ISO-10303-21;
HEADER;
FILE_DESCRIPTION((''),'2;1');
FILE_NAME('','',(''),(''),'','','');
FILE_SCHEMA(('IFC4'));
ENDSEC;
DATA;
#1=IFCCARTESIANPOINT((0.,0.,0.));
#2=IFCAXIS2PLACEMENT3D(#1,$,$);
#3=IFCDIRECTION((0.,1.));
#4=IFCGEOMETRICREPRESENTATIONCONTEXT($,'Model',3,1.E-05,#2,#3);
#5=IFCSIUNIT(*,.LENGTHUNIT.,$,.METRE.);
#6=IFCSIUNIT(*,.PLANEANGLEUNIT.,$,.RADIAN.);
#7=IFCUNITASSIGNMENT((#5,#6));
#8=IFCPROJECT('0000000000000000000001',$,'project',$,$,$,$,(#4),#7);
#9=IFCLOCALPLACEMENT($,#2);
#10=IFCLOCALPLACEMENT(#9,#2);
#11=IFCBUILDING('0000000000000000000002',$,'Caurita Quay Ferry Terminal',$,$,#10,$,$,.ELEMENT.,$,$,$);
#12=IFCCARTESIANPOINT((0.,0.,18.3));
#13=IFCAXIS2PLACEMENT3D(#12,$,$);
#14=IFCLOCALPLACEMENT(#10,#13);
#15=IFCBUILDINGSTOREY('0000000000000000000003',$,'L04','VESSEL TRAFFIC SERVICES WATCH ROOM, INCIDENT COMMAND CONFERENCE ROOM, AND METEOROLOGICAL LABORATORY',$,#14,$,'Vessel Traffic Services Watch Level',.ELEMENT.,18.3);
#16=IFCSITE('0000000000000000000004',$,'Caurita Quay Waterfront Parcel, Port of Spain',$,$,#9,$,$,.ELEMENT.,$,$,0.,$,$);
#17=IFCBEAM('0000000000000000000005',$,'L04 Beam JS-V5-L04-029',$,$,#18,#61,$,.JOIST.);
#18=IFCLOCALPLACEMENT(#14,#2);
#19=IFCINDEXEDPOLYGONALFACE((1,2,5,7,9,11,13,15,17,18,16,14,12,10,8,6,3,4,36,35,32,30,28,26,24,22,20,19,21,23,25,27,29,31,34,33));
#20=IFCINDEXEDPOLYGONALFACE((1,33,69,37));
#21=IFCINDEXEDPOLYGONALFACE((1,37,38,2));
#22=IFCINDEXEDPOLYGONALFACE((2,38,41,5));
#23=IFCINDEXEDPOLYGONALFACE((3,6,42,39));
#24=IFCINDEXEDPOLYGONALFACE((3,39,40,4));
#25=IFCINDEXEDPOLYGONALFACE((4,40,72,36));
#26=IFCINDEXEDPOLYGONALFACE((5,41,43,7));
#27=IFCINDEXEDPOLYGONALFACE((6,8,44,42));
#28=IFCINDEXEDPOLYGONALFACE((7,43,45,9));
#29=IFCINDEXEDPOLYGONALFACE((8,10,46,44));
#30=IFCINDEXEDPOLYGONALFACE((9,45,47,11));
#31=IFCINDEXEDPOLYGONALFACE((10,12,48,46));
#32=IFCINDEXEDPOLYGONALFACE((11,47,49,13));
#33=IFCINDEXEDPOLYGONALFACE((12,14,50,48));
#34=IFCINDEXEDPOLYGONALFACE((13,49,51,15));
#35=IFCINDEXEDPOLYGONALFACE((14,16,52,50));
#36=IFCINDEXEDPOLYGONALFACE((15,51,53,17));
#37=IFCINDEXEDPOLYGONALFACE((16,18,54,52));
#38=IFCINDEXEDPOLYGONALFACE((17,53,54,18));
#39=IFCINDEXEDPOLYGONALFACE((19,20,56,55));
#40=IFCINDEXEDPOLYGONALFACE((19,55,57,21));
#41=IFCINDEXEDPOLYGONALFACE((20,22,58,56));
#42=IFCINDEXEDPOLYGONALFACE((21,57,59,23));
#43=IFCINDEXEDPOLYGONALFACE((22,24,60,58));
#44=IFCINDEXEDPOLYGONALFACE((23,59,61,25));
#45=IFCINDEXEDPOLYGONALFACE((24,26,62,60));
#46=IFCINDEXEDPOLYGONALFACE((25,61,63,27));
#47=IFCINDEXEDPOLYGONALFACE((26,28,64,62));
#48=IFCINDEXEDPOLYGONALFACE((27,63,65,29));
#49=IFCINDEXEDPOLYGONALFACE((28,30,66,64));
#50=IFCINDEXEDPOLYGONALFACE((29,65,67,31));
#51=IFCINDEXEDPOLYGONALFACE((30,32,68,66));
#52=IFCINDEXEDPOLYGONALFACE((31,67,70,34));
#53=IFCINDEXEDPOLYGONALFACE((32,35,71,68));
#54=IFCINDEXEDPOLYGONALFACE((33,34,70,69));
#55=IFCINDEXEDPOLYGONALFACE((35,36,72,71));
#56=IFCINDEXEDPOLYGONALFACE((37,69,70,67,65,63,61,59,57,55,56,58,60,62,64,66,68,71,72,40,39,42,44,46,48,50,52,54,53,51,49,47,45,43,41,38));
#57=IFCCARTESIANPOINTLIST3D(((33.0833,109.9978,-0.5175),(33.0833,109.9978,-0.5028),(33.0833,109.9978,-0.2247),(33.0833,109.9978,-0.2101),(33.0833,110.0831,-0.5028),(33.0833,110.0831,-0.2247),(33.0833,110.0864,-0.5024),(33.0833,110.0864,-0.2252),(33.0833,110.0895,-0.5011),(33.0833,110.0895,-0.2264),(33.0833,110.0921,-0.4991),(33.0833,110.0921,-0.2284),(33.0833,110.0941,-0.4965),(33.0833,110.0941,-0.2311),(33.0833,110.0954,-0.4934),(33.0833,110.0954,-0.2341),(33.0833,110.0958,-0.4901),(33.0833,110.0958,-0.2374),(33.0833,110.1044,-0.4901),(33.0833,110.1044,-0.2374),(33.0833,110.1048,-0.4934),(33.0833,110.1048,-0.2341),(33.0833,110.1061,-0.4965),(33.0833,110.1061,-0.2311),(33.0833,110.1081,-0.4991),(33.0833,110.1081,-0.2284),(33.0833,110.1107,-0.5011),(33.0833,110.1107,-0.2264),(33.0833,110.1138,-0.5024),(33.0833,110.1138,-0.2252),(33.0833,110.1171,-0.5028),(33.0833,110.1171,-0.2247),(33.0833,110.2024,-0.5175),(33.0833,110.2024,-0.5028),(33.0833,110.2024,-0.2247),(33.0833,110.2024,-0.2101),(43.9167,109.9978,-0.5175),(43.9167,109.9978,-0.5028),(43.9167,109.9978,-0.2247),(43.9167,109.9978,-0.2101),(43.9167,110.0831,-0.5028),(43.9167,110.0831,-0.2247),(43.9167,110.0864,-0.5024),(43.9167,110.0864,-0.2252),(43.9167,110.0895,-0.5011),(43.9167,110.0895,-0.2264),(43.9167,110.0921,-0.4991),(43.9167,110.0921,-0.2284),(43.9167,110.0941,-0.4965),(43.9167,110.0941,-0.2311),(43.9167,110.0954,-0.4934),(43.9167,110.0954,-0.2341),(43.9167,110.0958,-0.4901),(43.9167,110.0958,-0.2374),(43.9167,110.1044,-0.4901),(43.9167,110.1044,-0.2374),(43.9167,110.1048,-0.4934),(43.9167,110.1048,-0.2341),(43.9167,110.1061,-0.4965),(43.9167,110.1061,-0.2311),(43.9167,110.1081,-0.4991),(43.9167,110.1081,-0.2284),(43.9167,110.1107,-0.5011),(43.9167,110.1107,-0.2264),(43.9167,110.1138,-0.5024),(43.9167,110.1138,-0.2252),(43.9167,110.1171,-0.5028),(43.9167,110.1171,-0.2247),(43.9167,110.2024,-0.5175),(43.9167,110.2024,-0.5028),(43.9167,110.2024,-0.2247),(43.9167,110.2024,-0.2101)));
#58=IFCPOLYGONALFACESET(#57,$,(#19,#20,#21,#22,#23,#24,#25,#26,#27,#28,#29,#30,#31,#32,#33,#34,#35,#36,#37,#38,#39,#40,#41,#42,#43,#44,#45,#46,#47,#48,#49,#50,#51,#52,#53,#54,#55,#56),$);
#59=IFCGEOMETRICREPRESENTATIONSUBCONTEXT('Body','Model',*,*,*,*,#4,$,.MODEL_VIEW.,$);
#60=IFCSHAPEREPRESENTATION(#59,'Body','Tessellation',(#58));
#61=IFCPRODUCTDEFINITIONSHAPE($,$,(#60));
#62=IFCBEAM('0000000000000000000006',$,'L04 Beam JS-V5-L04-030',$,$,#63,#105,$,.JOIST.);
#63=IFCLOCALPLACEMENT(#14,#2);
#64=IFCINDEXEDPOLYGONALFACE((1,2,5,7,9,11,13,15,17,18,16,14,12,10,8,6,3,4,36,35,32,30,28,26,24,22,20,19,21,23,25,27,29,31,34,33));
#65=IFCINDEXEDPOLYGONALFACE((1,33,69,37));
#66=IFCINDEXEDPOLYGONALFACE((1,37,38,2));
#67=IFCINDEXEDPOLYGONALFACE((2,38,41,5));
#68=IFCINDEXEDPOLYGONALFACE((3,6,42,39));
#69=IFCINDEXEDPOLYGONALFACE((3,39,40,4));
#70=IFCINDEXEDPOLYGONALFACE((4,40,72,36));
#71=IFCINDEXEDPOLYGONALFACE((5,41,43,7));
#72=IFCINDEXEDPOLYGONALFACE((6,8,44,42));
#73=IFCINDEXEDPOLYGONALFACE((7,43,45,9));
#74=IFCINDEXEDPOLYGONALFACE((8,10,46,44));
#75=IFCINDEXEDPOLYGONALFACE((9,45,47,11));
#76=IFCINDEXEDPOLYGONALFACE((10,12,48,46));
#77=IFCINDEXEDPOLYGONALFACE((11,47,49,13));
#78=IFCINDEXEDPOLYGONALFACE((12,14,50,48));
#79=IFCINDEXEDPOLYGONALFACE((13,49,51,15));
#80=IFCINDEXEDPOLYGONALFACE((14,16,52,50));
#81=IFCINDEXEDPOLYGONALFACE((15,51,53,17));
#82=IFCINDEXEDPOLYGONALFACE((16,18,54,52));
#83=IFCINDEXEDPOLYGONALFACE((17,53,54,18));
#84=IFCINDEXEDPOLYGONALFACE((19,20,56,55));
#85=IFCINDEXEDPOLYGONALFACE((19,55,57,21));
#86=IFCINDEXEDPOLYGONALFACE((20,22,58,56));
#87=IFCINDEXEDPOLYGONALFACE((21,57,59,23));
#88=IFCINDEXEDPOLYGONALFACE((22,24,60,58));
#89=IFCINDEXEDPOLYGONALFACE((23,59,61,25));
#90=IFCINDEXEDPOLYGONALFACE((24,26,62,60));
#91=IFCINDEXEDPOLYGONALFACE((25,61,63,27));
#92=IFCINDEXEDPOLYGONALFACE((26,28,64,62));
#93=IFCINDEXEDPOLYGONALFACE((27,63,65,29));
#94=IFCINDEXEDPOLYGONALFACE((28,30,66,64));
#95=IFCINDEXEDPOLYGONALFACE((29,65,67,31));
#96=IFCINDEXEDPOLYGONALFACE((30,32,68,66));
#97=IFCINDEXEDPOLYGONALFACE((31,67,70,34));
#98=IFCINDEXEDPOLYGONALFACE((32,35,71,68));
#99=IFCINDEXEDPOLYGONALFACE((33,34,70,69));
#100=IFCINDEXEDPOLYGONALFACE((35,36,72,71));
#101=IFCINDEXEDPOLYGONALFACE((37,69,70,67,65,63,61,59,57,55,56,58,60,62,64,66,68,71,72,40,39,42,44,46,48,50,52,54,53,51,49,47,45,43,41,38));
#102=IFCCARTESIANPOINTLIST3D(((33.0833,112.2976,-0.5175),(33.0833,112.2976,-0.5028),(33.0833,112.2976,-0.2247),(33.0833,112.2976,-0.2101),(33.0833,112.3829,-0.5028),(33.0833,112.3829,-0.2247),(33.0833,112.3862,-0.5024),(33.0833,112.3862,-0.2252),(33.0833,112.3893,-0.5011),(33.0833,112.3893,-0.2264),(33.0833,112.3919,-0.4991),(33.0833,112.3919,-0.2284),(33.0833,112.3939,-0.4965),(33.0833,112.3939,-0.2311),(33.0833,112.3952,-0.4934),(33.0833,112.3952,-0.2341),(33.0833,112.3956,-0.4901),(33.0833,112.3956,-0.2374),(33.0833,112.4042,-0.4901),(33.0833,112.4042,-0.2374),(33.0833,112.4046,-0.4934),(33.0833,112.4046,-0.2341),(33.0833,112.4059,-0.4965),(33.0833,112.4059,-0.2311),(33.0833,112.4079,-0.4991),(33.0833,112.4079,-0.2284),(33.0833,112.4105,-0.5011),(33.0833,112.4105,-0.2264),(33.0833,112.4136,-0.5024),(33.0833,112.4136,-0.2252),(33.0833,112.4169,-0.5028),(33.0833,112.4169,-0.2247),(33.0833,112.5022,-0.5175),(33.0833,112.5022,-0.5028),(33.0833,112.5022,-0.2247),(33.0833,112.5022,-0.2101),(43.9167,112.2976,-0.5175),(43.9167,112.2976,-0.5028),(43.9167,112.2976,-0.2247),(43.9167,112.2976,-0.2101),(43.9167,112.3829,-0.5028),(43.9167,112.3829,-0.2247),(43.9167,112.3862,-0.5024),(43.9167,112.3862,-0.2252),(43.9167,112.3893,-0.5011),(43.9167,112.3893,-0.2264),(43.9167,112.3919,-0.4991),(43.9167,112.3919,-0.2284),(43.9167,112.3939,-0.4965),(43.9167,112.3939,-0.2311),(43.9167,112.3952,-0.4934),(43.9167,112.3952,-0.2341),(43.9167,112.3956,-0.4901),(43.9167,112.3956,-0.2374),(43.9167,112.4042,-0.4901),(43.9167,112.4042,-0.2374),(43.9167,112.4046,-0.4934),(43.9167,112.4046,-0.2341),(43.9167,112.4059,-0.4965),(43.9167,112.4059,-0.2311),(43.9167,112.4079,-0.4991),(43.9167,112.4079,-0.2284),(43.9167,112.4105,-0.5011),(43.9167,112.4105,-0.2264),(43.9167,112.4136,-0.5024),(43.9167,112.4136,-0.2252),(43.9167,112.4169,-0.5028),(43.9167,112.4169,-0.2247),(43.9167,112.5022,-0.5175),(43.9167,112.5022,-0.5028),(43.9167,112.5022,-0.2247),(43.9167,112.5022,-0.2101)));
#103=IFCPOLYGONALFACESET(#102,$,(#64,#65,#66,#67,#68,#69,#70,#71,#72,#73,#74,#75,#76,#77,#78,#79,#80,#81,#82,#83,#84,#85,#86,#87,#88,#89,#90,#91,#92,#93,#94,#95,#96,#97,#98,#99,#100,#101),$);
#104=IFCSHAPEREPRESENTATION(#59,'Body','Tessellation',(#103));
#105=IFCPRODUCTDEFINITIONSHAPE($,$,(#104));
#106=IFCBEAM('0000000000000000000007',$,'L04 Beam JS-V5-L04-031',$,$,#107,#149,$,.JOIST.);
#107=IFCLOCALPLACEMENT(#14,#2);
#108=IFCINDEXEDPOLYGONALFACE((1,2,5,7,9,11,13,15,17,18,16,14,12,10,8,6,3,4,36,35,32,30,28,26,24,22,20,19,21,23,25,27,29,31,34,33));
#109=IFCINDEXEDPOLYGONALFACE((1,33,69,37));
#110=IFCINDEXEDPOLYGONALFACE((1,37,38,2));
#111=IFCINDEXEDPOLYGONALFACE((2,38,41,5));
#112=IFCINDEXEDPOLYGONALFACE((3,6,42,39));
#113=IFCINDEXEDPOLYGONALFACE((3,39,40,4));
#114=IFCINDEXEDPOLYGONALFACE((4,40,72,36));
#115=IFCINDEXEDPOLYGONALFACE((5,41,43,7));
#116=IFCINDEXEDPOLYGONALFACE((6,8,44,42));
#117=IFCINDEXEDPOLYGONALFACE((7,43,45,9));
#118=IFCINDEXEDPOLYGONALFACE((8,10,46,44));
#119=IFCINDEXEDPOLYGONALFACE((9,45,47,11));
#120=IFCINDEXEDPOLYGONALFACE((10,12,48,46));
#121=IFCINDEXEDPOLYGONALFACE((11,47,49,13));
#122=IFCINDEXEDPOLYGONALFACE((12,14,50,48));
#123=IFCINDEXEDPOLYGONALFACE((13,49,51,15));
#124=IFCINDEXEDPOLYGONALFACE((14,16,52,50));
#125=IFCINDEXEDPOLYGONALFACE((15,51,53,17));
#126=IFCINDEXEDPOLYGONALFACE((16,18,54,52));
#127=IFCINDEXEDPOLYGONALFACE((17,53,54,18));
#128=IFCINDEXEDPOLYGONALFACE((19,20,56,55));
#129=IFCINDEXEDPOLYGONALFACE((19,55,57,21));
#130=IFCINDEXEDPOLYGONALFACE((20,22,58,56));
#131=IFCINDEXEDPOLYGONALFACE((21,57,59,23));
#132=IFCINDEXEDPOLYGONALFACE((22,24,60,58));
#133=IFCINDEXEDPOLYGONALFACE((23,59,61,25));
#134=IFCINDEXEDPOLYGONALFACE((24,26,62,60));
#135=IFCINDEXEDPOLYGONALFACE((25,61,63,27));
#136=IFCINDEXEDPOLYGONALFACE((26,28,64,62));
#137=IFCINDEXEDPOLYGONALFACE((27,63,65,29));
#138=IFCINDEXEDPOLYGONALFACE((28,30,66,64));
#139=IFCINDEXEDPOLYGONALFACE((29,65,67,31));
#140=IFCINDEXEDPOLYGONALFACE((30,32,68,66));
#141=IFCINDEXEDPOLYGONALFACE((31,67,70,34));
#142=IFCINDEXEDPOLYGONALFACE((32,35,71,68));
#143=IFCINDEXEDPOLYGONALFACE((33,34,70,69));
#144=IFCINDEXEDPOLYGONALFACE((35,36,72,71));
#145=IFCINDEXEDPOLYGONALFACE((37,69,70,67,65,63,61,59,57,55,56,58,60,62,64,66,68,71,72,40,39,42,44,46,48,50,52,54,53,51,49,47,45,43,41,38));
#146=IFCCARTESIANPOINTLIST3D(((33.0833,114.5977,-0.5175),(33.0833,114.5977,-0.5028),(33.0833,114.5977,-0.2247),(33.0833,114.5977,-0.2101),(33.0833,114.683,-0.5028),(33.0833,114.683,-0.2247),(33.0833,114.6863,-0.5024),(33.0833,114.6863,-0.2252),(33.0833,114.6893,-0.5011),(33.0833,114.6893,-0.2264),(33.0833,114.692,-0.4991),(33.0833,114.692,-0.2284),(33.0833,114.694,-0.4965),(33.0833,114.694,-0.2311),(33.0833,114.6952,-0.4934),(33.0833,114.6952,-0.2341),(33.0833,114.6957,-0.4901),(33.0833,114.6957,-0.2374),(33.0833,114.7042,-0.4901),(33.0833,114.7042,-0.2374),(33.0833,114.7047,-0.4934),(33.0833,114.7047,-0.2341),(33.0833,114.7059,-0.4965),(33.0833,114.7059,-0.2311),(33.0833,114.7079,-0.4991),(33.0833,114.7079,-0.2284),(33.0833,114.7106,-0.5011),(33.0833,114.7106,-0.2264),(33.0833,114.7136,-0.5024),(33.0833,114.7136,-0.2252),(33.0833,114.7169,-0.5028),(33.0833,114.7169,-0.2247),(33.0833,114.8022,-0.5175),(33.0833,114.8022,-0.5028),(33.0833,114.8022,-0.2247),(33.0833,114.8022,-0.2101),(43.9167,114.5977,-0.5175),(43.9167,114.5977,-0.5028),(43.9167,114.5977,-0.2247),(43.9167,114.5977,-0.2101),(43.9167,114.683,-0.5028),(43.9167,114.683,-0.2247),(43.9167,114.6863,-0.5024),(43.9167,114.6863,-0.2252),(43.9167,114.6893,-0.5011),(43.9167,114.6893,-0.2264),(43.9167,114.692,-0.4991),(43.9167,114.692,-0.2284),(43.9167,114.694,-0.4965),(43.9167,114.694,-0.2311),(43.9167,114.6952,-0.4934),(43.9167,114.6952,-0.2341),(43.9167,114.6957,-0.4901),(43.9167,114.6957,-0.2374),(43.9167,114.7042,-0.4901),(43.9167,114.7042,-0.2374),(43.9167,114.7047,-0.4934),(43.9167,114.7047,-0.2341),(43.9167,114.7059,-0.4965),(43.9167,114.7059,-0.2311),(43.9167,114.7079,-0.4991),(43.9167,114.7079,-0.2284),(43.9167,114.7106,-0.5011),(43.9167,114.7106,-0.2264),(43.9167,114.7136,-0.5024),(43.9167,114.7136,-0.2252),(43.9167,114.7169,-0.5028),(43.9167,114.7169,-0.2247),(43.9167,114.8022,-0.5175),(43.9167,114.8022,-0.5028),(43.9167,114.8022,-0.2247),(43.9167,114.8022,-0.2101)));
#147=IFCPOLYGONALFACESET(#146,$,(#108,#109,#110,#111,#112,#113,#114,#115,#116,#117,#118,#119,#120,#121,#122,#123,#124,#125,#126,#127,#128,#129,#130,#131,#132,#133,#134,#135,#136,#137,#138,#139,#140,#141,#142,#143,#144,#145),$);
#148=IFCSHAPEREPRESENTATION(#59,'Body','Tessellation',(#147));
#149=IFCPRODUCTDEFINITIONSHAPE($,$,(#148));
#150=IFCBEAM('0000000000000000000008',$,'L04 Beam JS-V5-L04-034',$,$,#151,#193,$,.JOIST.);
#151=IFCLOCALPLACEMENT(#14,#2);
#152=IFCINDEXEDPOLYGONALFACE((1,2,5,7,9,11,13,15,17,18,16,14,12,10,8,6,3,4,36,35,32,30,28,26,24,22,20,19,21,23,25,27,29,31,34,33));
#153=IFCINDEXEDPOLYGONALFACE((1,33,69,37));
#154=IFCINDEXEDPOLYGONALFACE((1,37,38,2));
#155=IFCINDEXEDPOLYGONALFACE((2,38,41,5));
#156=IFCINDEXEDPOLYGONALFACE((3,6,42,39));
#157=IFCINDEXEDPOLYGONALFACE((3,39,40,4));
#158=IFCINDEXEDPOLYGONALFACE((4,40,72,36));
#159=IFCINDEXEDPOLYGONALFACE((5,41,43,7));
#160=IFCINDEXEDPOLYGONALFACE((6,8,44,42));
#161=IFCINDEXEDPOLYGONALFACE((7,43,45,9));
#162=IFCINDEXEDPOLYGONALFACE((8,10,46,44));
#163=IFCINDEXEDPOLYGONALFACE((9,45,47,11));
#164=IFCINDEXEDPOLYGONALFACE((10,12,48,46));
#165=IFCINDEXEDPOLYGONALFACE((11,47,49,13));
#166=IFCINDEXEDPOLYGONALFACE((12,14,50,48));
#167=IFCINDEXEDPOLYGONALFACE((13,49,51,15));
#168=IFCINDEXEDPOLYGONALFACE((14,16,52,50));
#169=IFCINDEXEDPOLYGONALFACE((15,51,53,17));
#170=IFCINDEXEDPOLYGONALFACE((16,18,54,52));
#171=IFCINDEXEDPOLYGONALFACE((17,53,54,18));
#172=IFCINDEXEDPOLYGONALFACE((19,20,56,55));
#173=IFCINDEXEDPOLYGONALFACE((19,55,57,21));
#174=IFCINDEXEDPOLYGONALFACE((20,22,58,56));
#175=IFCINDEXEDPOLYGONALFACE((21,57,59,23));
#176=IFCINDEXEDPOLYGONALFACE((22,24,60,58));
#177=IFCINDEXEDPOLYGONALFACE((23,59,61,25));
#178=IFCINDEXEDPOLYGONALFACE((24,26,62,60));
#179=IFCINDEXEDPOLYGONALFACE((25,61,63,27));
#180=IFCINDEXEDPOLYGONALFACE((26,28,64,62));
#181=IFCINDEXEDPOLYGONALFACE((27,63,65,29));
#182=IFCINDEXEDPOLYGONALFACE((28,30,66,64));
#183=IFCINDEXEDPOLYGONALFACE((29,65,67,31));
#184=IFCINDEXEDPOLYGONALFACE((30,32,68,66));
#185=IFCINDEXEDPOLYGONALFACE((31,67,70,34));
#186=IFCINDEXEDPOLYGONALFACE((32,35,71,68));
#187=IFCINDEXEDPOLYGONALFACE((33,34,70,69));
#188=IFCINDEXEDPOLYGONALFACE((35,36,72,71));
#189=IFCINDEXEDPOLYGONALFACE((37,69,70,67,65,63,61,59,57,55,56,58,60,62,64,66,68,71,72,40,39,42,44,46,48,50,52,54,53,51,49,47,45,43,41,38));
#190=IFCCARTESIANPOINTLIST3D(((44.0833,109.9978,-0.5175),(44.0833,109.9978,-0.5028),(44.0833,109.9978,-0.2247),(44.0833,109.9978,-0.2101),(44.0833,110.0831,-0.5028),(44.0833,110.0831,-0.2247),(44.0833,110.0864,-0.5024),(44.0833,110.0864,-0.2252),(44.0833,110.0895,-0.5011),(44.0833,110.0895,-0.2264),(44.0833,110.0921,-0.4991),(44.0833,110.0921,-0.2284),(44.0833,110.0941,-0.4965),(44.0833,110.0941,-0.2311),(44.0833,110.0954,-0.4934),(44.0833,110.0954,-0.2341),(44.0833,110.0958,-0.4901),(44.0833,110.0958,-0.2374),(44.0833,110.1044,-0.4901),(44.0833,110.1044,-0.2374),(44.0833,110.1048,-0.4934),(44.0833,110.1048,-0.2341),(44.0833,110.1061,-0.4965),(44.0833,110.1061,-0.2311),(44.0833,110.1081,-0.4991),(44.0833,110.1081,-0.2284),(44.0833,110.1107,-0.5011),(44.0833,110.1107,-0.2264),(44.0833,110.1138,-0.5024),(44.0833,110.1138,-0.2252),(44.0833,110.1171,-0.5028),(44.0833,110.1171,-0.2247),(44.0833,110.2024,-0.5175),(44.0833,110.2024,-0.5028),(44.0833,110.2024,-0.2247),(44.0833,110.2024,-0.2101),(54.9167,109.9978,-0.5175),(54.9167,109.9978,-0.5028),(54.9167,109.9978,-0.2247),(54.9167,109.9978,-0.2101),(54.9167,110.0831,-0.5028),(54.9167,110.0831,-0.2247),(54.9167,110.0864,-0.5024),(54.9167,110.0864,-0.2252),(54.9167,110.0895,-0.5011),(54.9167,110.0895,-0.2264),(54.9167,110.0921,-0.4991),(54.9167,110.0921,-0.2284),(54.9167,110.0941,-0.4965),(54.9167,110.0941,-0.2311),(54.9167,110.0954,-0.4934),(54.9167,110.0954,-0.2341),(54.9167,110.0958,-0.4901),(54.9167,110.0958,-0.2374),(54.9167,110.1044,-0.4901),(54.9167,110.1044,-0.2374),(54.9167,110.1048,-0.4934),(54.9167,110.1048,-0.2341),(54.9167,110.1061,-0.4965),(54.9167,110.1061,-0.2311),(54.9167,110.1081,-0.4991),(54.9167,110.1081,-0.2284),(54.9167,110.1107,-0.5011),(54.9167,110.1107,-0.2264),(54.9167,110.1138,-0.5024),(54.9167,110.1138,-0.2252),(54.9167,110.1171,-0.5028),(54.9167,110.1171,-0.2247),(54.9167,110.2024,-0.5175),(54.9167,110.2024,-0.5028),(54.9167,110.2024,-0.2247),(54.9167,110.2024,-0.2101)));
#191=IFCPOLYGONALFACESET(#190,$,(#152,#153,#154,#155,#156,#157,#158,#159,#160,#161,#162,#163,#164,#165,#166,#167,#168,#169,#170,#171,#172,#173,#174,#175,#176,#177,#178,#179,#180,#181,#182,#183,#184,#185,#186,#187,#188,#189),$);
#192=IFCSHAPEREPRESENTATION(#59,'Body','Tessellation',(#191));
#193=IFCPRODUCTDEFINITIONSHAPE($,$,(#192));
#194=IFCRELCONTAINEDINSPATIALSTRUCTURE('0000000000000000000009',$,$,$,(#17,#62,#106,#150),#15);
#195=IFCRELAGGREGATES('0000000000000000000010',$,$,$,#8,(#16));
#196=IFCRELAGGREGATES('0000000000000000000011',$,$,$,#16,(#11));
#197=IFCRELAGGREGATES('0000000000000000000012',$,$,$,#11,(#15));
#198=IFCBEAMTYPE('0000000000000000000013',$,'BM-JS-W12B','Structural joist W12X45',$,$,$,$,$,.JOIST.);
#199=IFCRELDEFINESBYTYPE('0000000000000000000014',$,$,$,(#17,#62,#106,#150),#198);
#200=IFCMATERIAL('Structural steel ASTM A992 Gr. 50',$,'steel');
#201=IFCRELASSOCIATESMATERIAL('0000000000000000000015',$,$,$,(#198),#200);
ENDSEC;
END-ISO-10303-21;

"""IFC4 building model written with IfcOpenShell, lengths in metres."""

from ifc_helpers import new_model, si_unit, direction, frame, origin, origin_2d, place, context, subcontext, project, spatial, i_section, extrude, material, material_profile, profile_set, type_object, element, save


model = new_model("IFC4")

# Units and contexts
model_context = context("Model", 3, precision=1e-05, world=origin(), true_north=direction((0.0, 1.0)))
body_context = subcontext(model_context, "Body", "Model", "MODEL_VIEW")
ifc_project = project(units=[si_unit("LENGTHUNIT", "METRE"), si_unit("PLANEANGLEUNIT", "RADIAN")], contexts=[model_context])

# Site, building, storey
site_placement = place(None, origin())
site = spatial("IfcSite", under=ifc_project, at=site_placement, Name="Caurita Quay Waterfront Parcel, Port of Spain", CompositionType="ELEMENT", RefElevation=0.0)
building_placement = place(site_placement, origin())
building = spatial("IfcBuilding", under=site, at=building_placement, Name="Caurita Quay Ferry Terminal", CompositionType="ELEMENT")
storey_placement = place(building_placement, frame((0.0, 0.0, 18.3)))
storey = spatial("IfcBuildingStorey", under=building, at=storey_placement, Name="L04", Description="VESSEL TRAFFIC SERVICES WATCH ROOM, INCIDENT COMMAND CONFERENCE ROOM, AND METEOROLOGICAL LABORATORY", LongName="Vessel Traffic Services Watch Level", CompositionType="ELEMENT", Elevation=18.3)

# Beams
ifc_material_1 = material(Name="Structural steel ASTM A992 Gr. 50", Category="steel")
ifc_material_profile_1 = material_profile(ifc_material_1, i_section(OverallWidth=0.2046, OverallDepth=0.3074, WebThickness=0.0085, FlangeThickness=0.0146, FilletRadius=0.0127, at=origin_2d()), Name="W12X45")
ifc_profile_set_1 = profile_set([ifc_material_profile_1], Name="Structural steel ASTM A992 Gr. 50")
beam_type_1 = type_object("IfcBeamType", Name="BM-JS-W12B", Description="Structural joist W12X45", PredefinedType="JOIST", material=ifc_profile_set_1)
for number, where, z_axis, x_axis, name in (
    (1, (33.0833, 110.1001, -0.3638), (1.0, 0.0, 0.0), (0.0, 1.0, 0.0), "L04 Beam JS-V5-L04-029"),
    (2, (33.0833, 112.3999, -0.3638), (1.0, 0.0, 0.0), (0.0, 1.0, 0.0), "L04 Beam JS-V5-L04-030"),
    (3, (33.0833, 114.7, -0.3638), (1.0, 0.0, 0.0), (0.0, 1.0, 0.0), "L04 Beam JS-V5-L04-031"),
    (4, (44.0833, 110.1001, -0.3638), (1.0, 0.0, 0.0), (0.0, 1.0, 0.0), "L04 Beam JS-V5-L04-034"),
):
    element("IfcBeam", number, at=place(storey_placement, frame(where, z_axis=z_axis, x_axis=x_axis)), inside=storey, type_object=beam_type_1, Name=name, PredefinedType="JOIST", context=body_context, shape_type="SweptSolid", body=[
        extrude(i_section(OverallWidth=0.2046, OverallDepth=0.3074, WebThickness=0.0085, FlangeThickness=0.0146, FilletRadius=0.0127, at=origin_2d()), origin(), (0.0, 0.0, 1.0), 10.8335),
    ])

save(model, "model.ifc")
